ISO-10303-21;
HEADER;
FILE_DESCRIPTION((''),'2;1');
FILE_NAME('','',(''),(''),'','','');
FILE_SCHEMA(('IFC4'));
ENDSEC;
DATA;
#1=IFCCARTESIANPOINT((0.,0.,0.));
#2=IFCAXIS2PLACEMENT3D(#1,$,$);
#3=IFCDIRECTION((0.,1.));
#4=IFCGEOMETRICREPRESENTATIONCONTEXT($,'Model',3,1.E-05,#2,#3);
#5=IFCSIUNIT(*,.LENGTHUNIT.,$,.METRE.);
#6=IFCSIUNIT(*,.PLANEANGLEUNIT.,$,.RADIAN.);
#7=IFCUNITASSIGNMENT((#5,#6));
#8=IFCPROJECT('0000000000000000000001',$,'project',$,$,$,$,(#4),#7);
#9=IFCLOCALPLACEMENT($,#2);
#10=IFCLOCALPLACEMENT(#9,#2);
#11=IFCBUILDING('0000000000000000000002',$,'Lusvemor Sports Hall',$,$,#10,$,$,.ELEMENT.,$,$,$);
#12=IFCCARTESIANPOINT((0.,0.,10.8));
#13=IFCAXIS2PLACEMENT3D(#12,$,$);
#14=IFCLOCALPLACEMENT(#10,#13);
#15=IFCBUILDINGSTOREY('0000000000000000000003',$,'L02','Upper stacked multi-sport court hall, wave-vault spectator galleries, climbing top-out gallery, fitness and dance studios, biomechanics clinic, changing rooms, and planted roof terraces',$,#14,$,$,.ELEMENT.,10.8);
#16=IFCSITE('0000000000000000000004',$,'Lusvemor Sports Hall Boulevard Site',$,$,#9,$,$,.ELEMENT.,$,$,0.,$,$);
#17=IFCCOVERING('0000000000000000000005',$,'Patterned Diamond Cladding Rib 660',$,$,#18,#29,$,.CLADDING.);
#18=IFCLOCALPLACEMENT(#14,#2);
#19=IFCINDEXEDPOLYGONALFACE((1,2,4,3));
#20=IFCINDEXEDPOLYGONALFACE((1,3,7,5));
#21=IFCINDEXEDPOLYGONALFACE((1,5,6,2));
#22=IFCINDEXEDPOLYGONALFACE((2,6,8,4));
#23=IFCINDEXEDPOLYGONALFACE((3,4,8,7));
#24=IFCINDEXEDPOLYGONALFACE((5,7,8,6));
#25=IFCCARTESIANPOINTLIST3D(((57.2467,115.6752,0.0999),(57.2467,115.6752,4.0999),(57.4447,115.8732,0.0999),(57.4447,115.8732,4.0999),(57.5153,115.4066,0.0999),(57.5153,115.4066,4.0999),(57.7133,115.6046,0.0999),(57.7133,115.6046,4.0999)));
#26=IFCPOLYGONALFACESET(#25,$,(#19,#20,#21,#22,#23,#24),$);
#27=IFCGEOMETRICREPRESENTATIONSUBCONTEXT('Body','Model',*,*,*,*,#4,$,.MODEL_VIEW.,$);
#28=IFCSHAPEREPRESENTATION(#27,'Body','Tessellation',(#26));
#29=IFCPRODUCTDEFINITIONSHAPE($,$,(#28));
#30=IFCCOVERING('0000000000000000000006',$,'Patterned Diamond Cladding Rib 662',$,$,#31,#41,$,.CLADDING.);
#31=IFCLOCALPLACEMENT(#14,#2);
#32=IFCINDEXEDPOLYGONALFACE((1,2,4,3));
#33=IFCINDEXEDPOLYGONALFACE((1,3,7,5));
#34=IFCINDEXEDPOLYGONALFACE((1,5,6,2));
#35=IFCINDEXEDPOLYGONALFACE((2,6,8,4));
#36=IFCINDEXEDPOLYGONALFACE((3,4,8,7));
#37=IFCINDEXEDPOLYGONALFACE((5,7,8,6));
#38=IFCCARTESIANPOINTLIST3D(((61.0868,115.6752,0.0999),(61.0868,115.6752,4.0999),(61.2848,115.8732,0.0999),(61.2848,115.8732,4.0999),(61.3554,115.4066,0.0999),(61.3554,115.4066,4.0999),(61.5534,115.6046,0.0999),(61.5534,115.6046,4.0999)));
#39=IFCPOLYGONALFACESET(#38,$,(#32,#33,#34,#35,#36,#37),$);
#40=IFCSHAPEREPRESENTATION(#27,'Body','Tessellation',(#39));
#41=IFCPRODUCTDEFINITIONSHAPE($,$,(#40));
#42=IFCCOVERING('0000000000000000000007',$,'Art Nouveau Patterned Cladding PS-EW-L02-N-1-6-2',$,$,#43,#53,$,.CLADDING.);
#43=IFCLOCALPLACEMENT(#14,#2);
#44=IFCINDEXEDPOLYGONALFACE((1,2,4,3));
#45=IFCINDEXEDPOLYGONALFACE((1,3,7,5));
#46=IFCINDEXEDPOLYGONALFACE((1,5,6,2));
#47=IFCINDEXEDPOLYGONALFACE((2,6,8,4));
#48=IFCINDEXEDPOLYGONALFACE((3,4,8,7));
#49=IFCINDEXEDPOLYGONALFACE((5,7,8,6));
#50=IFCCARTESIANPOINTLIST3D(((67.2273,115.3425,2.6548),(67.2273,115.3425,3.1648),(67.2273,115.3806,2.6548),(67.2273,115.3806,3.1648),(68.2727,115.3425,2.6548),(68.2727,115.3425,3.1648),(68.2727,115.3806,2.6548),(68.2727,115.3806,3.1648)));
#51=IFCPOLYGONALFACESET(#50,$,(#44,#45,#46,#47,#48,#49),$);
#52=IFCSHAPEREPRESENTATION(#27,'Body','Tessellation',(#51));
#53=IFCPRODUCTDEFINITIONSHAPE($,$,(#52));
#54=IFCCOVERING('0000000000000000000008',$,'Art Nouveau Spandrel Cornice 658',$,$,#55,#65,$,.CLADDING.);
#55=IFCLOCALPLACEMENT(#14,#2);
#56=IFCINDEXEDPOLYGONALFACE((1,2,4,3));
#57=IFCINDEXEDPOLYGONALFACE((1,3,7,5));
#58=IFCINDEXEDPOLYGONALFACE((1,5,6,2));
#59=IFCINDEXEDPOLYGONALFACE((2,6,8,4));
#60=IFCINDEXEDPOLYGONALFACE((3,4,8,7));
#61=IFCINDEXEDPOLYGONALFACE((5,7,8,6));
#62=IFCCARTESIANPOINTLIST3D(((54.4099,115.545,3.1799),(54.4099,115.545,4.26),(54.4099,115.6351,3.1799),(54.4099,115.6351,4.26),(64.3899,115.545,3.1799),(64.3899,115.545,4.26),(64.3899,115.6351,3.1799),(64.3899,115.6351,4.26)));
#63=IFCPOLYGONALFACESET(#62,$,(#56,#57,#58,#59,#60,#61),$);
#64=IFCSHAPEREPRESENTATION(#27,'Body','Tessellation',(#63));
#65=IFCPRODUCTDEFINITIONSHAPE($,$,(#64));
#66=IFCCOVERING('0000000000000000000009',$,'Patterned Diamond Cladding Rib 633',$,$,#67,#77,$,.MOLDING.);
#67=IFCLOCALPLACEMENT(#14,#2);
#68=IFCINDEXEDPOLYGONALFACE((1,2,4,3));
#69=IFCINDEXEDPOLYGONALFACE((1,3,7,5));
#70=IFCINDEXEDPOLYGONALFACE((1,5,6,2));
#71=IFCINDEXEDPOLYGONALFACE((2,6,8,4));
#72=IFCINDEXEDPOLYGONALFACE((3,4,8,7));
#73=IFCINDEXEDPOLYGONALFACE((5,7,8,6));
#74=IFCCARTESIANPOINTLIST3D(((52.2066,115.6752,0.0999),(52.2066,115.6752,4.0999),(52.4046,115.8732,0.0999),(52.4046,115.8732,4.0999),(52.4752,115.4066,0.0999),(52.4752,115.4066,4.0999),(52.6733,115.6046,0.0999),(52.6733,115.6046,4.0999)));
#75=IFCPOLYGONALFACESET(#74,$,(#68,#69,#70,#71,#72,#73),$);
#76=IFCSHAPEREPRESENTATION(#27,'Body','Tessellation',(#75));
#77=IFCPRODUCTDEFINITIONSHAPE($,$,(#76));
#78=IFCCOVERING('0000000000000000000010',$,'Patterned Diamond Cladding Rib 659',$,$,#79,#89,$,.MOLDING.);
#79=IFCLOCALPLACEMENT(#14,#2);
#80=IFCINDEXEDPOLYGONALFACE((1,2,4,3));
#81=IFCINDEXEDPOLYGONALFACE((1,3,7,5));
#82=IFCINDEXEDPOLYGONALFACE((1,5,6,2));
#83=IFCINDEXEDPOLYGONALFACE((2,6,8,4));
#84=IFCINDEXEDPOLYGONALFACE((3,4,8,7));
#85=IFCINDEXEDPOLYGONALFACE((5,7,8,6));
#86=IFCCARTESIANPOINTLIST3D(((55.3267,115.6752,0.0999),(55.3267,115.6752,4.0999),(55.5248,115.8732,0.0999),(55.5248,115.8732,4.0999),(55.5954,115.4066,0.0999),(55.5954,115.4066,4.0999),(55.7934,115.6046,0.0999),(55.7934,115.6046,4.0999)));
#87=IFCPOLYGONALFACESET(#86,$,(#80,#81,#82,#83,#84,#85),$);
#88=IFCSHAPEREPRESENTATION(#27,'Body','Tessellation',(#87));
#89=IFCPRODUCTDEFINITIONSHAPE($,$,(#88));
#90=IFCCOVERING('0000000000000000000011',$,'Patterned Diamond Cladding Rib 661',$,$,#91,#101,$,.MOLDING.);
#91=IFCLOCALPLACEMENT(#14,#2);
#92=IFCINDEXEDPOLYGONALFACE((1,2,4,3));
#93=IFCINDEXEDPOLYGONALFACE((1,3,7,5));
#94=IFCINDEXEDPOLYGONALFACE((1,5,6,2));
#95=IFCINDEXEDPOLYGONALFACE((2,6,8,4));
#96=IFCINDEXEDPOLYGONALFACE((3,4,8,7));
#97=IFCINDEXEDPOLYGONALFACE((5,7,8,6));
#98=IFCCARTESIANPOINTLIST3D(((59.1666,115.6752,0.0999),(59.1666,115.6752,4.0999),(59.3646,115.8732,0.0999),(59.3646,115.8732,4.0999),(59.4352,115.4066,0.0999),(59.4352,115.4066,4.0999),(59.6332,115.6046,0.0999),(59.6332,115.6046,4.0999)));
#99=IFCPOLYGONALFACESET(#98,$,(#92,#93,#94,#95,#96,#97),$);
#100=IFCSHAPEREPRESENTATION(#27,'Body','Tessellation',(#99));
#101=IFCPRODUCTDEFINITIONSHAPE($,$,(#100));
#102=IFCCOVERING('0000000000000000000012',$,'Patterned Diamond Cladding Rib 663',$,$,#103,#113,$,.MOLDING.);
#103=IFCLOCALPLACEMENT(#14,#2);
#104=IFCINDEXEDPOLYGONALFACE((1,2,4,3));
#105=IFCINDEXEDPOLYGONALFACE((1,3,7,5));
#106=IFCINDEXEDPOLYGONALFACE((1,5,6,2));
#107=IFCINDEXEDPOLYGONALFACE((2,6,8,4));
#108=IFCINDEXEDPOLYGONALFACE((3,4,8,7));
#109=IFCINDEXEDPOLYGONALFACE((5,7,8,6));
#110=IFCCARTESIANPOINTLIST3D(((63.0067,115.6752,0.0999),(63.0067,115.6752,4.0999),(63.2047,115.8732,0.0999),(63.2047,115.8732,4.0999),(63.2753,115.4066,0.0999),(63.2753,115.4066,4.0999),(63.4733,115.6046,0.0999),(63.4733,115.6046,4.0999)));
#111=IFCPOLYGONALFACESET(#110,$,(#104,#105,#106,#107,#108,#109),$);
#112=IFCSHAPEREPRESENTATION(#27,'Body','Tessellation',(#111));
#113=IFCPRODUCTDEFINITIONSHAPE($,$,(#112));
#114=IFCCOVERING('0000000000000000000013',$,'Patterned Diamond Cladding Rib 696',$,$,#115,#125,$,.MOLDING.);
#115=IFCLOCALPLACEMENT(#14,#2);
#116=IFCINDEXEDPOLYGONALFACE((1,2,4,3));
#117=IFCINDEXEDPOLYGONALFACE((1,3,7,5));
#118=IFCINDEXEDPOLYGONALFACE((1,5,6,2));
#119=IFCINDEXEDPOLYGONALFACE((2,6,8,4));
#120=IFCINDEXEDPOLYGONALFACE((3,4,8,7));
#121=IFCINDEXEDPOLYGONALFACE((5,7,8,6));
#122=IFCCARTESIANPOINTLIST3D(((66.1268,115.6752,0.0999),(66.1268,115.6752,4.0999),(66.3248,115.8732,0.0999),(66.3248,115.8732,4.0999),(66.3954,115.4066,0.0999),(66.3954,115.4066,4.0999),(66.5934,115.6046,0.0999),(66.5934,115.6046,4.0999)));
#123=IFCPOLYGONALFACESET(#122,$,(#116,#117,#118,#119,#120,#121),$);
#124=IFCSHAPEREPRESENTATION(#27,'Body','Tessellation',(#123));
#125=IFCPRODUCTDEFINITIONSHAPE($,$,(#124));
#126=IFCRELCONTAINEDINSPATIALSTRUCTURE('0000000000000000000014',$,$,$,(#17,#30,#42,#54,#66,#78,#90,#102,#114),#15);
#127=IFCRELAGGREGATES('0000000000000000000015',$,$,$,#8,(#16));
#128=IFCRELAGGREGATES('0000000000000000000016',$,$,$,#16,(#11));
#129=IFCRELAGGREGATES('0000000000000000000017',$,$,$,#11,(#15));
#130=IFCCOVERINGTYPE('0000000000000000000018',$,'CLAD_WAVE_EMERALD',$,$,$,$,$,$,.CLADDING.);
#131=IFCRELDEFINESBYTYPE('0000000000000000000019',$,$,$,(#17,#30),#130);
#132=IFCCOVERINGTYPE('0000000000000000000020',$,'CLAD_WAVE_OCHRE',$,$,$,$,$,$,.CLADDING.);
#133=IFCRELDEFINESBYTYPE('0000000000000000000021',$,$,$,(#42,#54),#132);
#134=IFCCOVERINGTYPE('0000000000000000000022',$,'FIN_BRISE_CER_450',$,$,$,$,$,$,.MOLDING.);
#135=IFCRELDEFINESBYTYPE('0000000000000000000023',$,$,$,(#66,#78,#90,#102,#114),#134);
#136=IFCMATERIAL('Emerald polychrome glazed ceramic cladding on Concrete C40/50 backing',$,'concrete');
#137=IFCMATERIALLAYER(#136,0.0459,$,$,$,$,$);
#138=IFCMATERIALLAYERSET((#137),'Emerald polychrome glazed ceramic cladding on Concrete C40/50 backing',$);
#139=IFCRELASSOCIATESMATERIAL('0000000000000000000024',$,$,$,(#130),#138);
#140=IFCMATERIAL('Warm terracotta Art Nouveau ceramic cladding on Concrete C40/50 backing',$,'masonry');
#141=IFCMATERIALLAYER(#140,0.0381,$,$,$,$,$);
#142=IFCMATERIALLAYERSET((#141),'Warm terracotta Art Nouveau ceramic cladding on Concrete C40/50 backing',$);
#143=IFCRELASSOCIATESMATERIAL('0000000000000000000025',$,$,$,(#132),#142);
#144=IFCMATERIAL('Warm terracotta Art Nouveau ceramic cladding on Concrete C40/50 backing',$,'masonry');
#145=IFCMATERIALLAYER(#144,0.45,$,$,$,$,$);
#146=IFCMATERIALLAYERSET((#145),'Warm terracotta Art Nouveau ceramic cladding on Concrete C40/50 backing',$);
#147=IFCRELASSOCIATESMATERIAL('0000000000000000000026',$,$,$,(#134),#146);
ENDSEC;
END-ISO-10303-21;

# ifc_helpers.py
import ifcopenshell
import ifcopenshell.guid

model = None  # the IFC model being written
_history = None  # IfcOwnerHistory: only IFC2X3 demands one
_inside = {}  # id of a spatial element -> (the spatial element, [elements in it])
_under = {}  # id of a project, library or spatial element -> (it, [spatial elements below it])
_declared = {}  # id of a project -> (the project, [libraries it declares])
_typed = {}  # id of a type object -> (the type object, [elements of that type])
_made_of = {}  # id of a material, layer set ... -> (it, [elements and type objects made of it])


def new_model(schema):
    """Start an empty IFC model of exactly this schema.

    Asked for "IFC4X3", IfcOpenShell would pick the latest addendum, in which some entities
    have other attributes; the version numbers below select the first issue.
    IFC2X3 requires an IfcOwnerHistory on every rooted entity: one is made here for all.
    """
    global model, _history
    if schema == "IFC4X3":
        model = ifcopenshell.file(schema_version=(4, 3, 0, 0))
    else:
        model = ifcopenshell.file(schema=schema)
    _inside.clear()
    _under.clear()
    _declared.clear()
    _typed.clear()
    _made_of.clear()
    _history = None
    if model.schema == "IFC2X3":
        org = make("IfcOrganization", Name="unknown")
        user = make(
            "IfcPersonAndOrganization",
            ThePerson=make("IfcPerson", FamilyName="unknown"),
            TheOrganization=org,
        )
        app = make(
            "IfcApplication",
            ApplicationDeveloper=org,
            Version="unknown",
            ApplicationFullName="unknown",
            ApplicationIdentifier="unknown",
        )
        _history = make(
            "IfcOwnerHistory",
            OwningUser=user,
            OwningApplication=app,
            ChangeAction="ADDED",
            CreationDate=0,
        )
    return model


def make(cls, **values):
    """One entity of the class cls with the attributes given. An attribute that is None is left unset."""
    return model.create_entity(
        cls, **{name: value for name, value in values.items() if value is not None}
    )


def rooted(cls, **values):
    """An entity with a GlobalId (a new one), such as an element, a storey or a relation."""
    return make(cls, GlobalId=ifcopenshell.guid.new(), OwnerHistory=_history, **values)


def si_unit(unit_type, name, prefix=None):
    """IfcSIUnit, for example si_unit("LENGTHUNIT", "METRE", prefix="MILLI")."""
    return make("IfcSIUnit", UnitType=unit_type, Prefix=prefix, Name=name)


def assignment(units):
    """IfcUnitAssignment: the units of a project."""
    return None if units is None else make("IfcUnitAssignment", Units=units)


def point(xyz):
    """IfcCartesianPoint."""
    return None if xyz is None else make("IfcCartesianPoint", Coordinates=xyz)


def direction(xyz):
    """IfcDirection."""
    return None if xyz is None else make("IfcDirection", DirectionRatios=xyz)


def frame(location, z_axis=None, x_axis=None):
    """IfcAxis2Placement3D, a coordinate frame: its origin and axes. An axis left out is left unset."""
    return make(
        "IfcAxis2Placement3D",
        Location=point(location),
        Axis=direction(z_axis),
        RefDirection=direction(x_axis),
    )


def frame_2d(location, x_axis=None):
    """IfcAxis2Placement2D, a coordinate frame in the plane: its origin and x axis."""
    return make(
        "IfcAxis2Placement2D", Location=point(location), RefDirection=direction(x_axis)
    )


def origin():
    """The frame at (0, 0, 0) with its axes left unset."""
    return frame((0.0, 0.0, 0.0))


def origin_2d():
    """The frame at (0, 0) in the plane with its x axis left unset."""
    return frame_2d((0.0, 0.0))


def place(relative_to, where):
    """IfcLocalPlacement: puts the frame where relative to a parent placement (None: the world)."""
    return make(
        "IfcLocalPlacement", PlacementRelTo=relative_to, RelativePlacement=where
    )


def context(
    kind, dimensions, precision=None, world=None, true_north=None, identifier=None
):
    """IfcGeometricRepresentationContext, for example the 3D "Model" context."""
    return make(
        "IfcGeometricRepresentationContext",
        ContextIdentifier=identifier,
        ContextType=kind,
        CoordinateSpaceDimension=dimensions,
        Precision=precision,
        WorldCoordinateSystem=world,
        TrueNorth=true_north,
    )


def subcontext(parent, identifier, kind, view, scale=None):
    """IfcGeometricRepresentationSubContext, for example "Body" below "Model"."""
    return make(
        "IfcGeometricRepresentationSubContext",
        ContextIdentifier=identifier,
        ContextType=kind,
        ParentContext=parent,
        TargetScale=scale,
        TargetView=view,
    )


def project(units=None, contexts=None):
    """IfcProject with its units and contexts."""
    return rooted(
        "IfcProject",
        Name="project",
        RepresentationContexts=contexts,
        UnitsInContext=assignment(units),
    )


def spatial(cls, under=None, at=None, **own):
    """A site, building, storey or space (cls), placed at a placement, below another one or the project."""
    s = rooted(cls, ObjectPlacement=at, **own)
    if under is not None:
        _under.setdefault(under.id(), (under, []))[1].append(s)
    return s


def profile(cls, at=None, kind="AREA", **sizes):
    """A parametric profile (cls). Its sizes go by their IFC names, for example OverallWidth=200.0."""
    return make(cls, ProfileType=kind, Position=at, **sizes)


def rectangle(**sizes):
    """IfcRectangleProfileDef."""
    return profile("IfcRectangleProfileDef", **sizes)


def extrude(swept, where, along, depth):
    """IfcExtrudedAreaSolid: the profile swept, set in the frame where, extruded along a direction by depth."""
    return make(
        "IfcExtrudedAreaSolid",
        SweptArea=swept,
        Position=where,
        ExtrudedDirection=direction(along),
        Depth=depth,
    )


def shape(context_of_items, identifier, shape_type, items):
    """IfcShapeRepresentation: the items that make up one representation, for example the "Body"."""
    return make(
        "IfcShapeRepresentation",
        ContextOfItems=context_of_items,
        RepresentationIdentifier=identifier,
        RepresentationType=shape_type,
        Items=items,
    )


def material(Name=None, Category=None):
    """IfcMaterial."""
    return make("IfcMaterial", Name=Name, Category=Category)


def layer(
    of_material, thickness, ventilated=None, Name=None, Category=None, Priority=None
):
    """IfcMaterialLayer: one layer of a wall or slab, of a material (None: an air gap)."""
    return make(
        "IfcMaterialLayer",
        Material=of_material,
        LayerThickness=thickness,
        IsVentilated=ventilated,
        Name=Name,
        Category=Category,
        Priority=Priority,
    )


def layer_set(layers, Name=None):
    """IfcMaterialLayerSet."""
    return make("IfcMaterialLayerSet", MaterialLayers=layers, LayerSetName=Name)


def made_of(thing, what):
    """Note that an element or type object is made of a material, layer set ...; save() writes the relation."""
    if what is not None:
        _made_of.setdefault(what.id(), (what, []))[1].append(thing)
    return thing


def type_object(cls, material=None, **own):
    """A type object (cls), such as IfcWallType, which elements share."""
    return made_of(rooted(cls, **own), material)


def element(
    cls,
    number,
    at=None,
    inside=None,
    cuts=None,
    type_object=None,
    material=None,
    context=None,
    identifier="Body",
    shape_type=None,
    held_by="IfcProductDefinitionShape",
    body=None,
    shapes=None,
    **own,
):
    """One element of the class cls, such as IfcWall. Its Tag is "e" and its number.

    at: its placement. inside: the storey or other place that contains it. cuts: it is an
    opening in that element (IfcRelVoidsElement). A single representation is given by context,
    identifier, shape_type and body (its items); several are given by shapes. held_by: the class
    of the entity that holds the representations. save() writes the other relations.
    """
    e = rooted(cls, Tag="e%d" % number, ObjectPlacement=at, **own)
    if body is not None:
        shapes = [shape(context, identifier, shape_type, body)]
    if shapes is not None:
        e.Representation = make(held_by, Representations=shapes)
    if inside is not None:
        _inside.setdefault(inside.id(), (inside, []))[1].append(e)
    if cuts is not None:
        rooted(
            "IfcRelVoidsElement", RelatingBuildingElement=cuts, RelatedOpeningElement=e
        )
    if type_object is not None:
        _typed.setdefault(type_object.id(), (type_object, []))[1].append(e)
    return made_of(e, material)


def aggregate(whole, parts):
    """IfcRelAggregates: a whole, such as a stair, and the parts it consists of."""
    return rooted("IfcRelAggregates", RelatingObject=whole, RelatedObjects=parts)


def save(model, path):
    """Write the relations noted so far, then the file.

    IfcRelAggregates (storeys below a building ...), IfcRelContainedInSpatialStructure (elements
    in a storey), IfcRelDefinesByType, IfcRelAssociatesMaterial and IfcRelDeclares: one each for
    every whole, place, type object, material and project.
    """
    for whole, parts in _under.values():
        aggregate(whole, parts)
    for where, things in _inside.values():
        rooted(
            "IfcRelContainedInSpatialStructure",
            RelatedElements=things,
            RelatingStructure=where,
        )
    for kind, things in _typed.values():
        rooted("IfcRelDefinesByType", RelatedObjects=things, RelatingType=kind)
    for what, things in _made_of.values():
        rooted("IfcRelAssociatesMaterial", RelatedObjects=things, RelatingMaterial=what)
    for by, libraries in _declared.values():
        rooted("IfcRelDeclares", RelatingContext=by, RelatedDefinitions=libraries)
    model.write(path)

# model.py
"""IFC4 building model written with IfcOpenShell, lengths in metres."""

from ifc_helpers import new_model, si_unit, direction, frame, origin, origin_2d, place, context, subcontext, project, spatial, rectangle, extrude, material, layer, layer_set, type_object, element, save


model = new_model("IFC4")

# Units and contexts
model_context = context("Model", 3, precision=1e-05, world=origin(), true_north=direction((0.0, 1.0)))
body_context = subcontext(model_context, "Body", "Model", "MODEL_VIEW")
ifc_project = project(units=[si_unit("LENGTHUNIT", "METRE"), si_unit("PLANEANGLEUNIT", "RADIAN")], contexts=[model_context])

# Site, building, storey
site_placement = place(None, origin())
site = spatial("IfcSite", under=ifc_project, at=site_placement, Name="Lusvemor Sports Hall Boulevard Site", CompositionType="ELEMENT", RefElevation=0.0)
building_placement = place(site_placement, origin())
building = spatial("IfcBuilding", under=site, at=building_placement, Name="Lusvemor Sports Hall", CompositionType="ELEMENT")
storey_placement = place(building_placement, frame((0.0, 0.0, 10.8)))
storey = spatial("IfcBuildingStorey", under=building, at=storey_placement, Name="L02", Description="Upper stacked multi-sport court hall, wave-vault spectator galleries, climbing top-out gallery, fitness and dance studios, biomechanics clinic, changing rooms, and planted roof terraces", CompositionType="ELEMENT", Elevation=10.8)

# Coverings
ifc_material_1 = material(Name="Emerald polychrome glazed ceramic cladding on Concrete C40/50 backing", Category="concrete")
ifc_layer_1 = layer(ifc_material_1, 0.0459)
ifc_layer_set_1 = layer_set([ifc_layer_1], Name="Emerald polychrome glazed ceramic cladding on Concrete C40/50 backing")
covering_type_1 = type_object("IfcCoveringType", Name="CLAD_WAVE_EMERALD", PredefinedType="CLADDING", material=ifc_layer_set_1)
for number, where, z_axis, x_axis, name in (
    (1, (57.48, 115.6399, 0.0999), (0.0, 0.0, 1.0), (0.707107, 0.707107, 0.0), "Patterned Diamond Cladding Rib 660"),
    (2, (61.3201, 115.6399, 0.0999), (0.0, 0.0, 1.0), (0.707107, 0.707107, 0.0), "Patterned Diamond Cladding Rib 662"),
):
    element("IfcCovering", number, at=place(storey_placement, frame(where, z_axis=z_axis, x_axis=x_axis)), inside=storey, type_object=covering_type_1, Name=name, PredefinedType="CLADDING", context=body_context, shape_type="SweptSolid", body=[
        extrude(rectangle(XDim=0.28, YDim=0.3799, at=origin_2d()), origin(), (0.0, 0.0, 1.0), 4.0),
    ])
ifc_material_2 = material(Name="Warm terracotta Art Nouveau ceramic cladding on Concrete C40/50 backing", Category="masonry")
ifc_layer_2 = layer(ifc_material_2, 0.0381)
ifc_layer_set_2 = layer_set([ifc_layer_2], Name="Warm terracotta Art Nouveau ceramic cladding on Concrete C40/50 backing")
covering_type_2 = type_object("IfcCoveringType", Name="CLAD_WAVE_OCHRE", PredefinedType="CLADDING", material=ifc_layer_set_2)
covering_1_placement = place(storey_placement, frame((67.75, 115.3616, 2.6548), z_axis=(0.0, 0.0, 1.0), x_axis=(1.0, 0.0, 0.0)))
element("IfcCovering", 3, at=covering_1_placement, inside=storey, type_object=covering_type_2, Name="Art Nouveau Patterned Cladding PS-EW-L02-N-1-6-2", PredefinedType="CLADDING", context=body_context, shape_type="SweptSolid", body=[
    extrude(rectangle(XDim=1.0454, YDim=0.0381, at=origin_2d()), origin(), (0.0, 0.0, 1.0), 0.51),
])
covering_2_placement = place(storey_placement, frame((59.3999, 115.5901, 3.1799), z_axis=(0.0, 0.0, 1.0), x_axis=(1.0, 0.0, 0.0)))
element("IfcCovering", 4, at=covering_2_placement, inside=storey, type_object=covering_type_2, Name="Art Nouveau Spandrel Cornice 658", PredefinedType="CLADDING", context=body_context, shape_type="SweptSolid", body=[
    extrude(rectangle(XDim=9.98, YDim=0.0901, at=origin_2d()), origin(), (0.0, 0.0, 1.0), 1.0801),
])
ifc_material_3 = material(Name="Warm terracotta Art Nouveau ceramic cladding on Concrete C40/50 backing", Category="masonry")
ifc_layer_3 = layer(ifc_material_3, 0.45)
ifc_layer_set_3 = layer_set([ifc_layer_3], Name="Warm terracotta Art Nouveau ceramic cladding on Concrete C40/50 backing")
covering_type_3 = type_object("IfcCoveringType", Name="FIN_BRISE_CER_450", PredefinedType="MOLDING", material=ifc_layer_set_3)
for number, where, z_axis, x_axis, name in (
    (5, (52.4399, 115.6399, 0.0999), (0.0, 0.0, 1.0), (0.707107, 0.707107, 0.0), "Patterned Diamond Cladding Rib 633"),
    (6, (55.5601, 115.6399, 0.0999), (0.0, 0.0, 1.0), (0.707107, 0.707107, 0.0), "Patterned Diamond Cladding Rib 659"),
    (7, (59.3999, 115.6399, 0.0999), (0.0, 0.0, 1.0), (0.707107, 0.707107, 0.0), "Patterned Diamond Cladding Rib 661"),
    (8, (63.24, 115.6399, 0.0999), (0.0, 0.0, 1.0), (0.707107, 0.707107, 0.0), "Patterned Diamond Cladding Rib 663"),
    (9, (66.3601, 115.6399, 0.0999), (0.0, 0.0, 1.0), (0.707107, 0.707107, 0.0), "Patterned Diamond Cladding Rib 696"),
):
    element("IfcCovering", number, at=place(storey_placement, frame(where, z_axis=z_axis, x_axis=x_axis)), inside=storey, type_object=covering_type_3, Name=name, PredefinedType="MOLDING", context=body_context, shape_type="SweptSolid", body=[
        extrude(rectangle(XDim=0.28, YDim=0.3799, at=origin_2d()), origin(), (0.0, 0.0, 1.0), 4.0),
    ])

save(model, "model.ifc")
